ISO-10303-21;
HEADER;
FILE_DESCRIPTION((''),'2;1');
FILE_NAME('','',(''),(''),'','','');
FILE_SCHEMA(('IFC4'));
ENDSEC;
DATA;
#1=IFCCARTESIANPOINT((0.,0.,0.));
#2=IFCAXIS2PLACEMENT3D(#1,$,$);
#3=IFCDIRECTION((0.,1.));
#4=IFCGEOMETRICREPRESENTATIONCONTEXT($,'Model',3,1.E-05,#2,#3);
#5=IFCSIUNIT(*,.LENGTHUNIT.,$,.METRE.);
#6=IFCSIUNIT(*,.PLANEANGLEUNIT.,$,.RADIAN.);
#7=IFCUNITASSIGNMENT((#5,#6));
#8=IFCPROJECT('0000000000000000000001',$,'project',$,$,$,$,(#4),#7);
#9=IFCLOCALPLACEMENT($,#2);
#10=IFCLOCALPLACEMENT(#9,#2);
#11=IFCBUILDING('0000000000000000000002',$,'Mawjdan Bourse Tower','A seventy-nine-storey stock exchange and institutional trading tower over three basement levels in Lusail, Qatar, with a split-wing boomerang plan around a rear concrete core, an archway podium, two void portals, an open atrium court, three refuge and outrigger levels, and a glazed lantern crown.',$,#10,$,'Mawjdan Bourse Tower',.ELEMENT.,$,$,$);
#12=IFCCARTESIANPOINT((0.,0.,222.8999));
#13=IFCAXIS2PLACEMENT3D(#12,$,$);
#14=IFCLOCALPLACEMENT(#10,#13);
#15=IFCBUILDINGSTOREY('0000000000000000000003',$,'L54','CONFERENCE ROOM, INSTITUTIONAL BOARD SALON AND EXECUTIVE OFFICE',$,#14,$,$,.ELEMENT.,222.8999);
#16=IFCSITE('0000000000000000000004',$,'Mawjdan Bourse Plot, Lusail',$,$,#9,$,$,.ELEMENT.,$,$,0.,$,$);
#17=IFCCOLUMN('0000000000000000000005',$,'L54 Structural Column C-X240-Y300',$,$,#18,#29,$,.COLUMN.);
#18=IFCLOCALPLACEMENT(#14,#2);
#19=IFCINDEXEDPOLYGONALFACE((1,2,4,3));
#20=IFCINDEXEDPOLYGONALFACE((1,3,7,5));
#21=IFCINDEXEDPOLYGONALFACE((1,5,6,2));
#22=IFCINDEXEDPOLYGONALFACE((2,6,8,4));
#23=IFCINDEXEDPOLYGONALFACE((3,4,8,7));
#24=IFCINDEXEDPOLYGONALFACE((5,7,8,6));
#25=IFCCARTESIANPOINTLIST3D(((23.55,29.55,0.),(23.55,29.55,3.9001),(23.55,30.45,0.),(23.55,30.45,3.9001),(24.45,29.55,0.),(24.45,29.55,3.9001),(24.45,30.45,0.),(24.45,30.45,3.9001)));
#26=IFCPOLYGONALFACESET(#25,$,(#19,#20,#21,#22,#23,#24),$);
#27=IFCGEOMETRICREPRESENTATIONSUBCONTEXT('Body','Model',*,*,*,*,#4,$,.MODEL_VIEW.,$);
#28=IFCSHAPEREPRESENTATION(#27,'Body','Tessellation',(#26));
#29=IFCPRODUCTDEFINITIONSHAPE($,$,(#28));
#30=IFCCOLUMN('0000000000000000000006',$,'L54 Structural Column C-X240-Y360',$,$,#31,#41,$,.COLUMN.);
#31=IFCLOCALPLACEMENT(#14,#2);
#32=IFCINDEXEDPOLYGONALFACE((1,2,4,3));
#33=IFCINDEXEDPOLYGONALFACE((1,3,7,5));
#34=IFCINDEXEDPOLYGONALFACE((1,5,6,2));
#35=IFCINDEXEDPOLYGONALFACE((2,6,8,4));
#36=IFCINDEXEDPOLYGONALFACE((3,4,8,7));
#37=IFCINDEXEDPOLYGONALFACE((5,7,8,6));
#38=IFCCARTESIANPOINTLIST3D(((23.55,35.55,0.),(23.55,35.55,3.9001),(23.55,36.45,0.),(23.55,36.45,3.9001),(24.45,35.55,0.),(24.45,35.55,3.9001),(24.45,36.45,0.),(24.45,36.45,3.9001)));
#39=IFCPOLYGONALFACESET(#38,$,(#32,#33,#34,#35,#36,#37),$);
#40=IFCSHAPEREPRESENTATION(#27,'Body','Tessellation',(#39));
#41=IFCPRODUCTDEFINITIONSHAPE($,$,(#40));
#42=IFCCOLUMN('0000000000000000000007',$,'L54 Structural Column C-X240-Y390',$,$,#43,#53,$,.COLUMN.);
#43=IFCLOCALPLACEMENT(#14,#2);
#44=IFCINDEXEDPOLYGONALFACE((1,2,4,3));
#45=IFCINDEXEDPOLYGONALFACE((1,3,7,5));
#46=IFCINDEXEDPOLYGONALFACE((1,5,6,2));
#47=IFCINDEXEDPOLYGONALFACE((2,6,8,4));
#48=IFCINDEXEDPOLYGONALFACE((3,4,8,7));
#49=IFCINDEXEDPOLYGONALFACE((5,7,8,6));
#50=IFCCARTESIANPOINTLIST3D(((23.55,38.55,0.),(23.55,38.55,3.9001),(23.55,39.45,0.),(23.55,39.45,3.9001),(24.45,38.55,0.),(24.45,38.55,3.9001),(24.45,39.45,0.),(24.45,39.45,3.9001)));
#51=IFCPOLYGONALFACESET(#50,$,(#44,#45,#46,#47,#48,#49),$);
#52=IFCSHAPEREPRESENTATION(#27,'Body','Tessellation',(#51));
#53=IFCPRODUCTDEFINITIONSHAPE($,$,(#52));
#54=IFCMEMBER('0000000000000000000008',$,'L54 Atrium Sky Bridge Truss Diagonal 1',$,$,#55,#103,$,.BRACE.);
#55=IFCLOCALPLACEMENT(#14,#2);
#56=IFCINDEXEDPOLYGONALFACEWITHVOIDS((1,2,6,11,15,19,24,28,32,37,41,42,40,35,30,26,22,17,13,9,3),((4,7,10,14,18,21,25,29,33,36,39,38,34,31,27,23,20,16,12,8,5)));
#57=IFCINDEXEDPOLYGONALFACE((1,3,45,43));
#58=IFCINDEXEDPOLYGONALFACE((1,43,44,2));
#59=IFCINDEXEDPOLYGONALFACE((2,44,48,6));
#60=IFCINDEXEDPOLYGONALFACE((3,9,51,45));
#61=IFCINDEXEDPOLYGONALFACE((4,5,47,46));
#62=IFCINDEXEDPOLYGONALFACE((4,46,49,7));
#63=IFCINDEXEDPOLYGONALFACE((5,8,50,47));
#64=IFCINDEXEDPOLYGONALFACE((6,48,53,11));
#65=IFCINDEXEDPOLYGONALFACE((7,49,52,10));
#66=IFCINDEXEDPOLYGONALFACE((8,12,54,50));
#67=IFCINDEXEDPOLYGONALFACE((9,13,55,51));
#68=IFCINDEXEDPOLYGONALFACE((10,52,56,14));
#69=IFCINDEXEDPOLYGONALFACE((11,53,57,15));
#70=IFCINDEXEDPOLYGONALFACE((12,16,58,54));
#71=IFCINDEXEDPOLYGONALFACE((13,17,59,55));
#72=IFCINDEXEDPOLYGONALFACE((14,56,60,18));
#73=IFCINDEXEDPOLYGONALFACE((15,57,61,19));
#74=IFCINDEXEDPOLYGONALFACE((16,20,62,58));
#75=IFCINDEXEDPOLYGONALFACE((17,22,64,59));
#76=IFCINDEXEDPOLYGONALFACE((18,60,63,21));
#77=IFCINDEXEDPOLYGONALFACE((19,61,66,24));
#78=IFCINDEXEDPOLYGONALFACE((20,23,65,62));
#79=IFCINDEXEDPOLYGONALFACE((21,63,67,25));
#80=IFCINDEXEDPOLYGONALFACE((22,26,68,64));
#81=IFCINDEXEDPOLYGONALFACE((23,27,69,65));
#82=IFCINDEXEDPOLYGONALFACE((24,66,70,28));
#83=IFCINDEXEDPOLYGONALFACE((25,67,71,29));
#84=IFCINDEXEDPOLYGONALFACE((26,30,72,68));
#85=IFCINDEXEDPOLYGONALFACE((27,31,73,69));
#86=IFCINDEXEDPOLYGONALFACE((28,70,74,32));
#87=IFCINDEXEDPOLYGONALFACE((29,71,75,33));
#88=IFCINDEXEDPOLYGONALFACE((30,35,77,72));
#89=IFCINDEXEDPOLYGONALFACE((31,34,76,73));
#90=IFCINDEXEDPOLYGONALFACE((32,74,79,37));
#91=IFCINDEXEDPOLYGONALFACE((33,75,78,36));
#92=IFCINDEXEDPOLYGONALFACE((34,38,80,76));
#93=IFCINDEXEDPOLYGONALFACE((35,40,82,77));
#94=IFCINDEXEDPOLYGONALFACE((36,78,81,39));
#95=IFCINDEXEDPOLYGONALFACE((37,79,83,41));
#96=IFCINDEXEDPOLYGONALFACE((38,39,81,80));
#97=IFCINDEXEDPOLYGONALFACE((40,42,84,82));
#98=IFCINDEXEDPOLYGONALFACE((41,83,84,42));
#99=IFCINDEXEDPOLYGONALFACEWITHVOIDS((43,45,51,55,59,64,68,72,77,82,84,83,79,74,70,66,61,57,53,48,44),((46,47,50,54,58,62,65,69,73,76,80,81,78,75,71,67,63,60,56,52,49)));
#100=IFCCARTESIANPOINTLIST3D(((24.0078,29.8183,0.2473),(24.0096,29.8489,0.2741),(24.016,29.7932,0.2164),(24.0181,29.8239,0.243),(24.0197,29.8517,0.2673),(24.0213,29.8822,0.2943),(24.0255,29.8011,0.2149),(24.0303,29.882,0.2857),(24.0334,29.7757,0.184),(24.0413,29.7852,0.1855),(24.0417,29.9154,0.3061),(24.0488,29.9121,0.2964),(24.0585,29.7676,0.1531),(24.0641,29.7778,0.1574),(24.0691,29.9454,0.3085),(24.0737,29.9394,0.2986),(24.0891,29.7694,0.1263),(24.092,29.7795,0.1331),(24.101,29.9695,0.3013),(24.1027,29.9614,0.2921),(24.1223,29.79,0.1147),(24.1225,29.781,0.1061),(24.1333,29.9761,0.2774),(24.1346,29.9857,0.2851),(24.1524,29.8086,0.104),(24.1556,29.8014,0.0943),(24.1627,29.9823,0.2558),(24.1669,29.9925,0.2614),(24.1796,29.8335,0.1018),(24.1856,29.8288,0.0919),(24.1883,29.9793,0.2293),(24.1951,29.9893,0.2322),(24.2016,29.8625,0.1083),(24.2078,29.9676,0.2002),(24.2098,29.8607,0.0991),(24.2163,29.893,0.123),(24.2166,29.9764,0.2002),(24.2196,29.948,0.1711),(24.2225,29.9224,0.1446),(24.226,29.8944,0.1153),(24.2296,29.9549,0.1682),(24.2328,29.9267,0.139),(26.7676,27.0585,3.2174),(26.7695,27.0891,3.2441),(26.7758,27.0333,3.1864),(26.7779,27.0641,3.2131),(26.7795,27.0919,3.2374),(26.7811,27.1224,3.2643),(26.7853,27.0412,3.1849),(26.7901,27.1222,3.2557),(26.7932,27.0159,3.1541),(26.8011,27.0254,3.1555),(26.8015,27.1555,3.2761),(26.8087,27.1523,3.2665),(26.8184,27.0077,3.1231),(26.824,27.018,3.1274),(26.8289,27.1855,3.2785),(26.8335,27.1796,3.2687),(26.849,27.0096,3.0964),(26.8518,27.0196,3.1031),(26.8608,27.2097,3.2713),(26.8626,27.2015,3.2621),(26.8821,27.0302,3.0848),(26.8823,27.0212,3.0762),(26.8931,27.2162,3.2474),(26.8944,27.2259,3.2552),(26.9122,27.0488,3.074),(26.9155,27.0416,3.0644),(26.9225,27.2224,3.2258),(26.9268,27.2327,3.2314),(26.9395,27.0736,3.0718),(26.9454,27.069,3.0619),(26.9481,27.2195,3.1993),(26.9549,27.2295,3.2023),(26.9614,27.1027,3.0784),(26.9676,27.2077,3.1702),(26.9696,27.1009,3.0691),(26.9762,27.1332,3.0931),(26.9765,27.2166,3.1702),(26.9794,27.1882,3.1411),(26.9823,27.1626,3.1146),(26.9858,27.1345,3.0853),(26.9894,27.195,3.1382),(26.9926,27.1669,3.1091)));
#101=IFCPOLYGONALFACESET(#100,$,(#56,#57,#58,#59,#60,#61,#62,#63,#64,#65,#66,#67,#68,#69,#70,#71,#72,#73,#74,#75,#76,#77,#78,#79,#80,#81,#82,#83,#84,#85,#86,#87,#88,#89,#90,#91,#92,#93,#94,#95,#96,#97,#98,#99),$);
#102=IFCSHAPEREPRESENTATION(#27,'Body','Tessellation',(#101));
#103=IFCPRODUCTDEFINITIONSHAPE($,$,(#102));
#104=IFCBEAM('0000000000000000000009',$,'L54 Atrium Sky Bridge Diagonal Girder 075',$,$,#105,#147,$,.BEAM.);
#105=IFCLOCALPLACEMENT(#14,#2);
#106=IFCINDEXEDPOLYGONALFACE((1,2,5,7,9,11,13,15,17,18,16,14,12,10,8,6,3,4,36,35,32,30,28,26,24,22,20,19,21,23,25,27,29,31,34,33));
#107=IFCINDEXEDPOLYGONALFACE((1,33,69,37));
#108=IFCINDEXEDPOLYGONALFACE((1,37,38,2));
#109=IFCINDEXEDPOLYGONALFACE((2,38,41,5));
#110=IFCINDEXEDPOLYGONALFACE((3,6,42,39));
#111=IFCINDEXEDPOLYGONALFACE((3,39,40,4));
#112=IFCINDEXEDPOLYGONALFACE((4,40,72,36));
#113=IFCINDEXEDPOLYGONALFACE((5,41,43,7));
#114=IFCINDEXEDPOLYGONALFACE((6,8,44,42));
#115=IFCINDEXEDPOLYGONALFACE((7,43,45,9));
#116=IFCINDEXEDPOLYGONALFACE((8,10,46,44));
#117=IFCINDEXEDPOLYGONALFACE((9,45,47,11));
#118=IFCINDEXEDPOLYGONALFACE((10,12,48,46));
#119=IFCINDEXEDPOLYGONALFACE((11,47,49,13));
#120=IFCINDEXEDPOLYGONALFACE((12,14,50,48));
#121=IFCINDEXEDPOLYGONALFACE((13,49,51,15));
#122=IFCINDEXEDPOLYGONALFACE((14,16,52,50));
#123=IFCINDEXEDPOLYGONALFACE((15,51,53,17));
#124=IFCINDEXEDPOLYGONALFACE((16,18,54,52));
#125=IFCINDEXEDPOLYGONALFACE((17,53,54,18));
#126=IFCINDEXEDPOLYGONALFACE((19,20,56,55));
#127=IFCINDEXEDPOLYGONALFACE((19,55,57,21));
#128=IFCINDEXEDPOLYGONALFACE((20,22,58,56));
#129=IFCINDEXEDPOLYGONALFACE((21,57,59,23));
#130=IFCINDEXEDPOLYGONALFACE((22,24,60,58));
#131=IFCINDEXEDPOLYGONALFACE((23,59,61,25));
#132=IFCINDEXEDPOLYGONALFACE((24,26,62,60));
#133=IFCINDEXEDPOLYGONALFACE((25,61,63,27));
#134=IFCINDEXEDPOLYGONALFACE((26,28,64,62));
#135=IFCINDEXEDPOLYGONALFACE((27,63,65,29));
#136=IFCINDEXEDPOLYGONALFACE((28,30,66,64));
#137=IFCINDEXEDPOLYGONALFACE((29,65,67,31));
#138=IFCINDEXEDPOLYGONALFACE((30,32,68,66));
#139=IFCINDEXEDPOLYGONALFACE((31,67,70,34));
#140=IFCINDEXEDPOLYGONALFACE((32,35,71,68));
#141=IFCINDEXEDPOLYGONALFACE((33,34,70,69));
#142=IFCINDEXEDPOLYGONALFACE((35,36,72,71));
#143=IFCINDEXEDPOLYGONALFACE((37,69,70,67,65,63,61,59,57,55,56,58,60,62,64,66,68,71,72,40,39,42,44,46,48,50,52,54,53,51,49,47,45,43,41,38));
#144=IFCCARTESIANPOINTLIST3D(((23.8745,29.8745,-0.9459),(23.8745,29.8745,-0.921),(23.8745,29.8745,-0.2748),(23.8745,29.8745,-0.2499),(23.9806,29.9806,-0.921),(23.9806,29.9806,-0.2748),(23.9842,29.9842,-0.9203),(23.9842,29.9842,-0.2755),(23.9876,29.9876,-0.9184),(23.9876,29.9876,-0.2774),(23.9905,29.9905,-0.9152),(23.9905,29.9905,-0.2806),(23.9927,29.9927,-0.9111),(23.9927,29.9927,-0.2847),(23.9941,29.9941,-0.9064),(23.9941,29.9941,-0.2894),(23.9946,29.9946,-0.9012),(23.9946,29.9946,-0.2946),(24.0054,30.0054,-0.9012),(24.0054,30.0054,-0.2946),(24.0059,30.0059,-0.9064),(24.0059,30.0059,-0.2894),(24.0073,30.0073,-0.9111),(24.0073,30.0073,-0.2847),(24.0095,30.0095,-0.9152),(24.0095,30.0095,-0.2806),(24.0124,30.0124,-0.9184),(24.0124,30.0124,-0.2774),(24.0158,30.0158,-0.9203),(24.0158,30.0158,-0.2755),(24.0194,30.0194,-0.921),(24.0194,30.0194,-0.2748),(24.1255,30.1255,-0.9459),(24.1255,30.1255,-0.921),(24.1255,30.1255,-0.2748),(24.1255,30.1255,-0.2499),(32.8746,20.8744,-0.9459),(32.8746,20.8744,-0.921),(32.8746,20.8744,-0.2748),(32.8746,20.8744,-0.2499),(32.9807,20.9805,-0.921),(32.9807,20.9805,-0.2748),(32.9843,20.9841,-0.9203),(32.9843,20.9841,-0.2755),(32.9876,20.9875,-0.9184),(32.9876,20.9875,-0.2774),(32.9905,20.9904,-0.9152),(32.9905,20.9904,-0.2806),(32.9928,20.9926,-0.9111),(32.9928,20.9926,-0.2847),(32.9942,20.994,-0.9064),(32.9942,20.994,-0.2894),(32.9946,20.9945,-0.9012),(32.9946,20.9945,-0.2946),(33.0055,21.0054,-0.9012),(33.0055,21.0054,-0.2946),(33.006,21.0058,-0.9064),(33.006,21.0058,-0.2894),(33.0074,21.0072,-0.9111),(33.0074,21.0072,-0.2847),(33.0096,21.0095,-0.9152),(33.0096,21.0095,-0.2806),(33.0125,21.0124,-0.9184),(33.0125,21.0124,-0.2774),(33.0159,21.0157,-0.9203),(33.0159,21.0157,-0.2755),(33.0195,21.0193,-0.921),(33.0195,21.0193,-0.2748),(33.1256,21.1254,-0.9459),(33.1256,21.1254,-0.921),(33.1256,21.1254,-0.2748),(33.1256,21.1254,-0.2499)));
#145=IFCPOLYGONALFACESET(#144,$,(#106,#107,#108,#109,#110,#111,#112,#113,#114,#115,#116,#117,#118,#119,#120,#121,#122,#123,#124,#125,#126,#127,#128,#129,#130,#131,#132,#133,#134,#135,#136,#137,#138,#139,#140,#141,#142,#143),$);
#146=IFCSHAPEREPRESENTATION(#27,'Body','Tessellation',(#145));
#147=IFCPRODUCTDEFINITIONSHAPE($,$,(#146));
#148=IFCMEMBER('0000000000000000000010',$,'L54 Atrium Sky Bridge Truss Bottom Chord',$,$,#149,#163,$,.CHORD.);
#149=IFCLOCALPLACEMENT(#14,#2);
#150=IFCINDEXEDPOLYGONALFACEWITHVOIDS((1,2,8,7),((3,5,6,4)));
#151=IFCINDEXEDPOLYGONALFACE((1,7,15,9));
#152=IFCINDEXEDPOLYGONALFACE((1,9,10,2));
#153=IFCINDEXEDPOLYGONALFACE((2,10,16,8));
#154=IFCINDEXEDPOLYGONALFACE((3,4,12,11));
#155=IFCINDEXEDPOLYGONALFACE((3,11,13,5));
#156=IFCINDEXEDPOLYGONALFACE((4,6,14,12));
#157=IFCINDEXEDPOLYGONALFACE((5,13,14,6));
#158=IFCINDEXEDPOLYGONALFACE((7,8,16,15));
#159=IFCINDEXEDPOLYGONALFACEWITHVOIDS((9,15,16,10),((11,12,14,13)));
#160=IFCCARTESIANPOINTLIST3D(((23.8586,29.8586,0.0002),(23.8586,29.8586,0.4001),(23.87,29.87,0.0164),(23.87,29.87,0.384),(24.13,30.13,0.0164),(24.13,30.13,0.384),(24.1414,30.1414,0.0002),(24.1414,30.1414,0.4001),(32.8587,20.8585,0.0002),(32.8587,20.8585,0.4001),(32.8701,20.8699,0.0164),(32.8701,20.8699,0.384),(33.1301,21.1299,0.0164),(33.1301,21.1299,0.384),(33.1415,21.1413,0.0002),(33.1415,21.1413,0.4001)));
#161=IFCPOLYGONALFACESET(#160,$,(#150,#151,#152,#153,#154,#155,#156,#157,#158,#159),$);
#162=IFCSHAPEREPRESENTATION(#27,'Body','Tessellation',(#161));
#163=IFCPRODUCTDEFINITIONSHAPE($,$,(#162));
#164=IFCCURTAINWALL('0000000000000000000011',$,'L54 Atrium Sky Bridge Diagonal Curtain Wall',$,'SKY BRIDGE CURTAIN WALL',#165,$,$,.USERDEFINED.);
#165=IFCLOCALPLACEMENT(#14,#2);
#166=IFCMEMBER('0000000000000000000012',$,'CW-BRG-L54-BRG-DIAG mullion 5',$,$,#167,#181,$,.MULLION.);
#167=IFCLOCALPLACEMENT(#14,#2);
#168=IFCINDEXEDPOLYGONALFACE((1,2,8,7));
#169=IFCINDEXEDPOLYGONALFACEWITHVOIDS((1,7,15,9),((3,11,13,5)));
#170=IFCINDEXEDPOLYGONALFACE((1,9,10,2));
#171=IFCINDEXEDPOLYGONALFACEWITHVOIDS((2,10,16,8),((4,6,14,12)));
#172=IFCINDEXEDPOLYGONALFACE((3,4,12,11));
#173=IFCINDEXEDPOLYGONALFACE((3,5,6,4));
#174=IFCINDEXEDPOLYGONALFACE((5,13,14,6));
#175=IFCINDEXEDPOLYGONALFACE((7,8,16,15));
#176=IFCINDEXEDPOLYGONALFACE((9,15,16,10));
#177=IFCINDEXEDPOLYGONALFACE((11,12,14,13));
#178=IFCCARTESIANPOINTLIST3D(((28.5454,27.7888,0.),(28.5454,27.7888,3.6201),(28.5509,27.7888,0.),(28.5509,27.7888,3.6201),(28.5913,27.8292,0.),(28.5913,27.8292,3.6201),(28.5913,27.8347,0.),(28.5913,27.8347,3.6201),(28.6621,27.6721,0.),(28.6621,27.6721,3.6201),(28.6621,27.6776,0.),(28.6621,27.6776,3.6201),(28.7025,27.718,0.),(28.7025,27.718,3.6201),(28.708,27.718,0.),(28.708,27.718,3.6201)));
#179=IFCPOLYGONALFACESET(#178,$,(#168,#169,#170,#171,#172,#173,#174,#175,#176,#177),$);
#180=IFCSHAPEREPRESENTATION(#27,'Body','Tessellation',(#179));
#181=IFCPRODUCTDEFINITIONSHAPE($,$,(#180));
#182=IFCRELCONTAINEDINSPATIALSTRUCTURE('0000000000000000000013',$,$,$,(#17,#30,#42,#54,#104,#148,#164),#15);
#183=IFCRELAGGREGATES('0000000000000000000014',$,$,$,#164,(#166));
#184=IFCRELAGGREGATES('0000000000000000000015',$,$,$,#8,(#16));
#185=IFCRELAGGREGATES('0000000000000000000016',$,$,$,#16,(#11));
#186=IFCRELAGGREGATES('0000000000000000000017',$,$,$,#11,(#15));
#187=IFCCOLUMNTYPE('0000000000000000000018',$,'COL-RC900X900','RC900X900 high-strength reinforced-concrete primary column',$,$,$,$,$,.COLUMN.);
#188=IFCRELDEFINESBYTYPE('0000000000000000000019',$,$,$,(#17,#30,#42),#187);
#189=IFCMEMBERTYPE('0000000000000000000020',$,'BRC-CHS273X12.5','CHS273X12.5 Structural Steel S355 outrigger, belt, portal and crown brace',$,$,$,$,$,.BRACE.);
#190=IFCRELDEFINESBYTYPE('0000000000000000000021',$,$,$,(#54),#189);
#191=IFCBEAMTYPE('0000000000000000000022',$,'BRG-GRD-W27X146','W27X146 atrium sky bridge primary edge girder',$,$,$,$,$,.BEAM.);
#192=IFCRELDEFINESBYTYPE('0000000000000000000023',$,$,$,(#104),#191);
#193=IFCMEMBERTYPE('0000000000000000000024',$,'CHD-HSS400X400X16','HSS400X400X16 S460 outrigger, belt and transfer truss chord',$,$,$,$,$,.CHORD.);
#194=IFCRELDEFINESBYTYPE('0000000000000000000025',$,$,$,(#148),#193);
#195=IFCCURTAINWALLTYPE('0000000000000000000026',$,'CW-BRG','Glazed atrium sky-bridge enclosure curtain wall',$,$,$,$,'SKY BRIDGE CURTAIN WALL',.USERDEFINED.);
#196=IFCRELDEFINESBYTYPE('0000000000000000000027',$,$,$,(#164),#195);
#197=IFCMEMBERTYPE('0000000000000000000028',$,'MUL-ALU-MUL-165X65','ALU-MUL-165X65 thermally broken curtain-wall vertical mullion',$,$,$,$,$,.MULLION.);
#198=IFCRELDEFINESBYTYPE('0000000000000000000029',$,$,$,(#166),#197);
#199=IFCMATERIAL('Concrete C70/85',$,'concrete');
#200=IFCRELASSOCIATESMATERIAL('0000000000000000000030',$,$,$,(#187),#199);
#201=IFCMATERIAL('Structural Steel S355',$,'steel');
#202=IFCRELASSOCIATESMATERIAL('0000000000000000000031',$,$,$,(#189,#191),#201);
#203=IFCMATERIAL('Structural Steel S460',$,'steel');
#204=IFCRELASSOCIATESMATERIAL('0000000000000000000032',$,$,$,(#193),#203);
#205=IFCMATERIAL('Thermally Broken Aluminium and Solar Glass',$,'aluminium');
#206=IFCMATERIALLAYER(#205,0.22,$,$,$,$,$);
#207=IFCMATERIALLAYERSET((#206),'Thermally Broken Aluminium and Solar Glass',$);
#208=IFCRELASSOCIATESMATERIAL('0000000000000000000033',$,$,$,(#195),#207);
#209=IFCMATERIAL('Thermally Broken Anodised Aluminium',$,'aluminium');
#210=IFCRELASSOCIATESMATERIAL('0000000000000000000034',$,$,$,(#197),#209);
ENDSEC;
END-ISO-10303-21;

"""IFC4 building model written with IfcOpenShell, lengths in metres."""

from ifc_helpers import new_model, si_unit, direction, frame, origin, origin_2d, place, context, subcontext, project, spatial, rectangle, hollow_rectangle, hollow_circle, i_section, extrude, material, layer, layer_set, material_profile, profile_set, type_object, element, aggregate, save


model = new_model("IFC4")

# Units and contexts
model_context = context("Model", 3, precision=1e-05, world=origin(), true_north=direction((0.0, 1.0)))
body_context = subcontext(model_context, "Body", "Model", "MODEL_VIEW")
ifc_project = project(units=[si_unit("LENGTHUNIT", "METRE"), si_unit("PLANEANGLEUNIT", "RADIAN")], contexts=[model_context])

# Site, building, storey
site_placement = place(None, origin())
site = spatial("IfcSite", under=ifc_project, at=site_placement, Name="Mawjdan Bourse Plot, Lusail", CompositionType="ELEMENT", RefElevation=0.0)
building_placement = place(site_placement, origin())
building = spatial("IfcBuilding", under=site, at=building_placement, Name="Mawjdan Bourse Tower", Description="A seventy-nine-storey stock exchange and institutional trading tower over three basement levels in Lusail, Qatar, with a split-wing boomerang plan around a rear concrete core, an archway podium, two void portals, an open atrium court, three refuge and outrigger levels, and a glazed lantern crown.", LongName="Mawjdan Bourse Tower", CompositionType="ELEMENT")
storey_placement = place(building_placement, frame((0.0, 0.0, 222.8999)))
storey = spatial("IfcBuildingStorey", under=building, at=storey_placement, Name="L54", Description="CONFERENCE ROOM, INSTITUTIONAL BOARD SALON AND EXECUTIVE OFFICE", CompositionType="ELEMENT", Elevation=222.8999)

# Columns
ifc_material_1 = material(Name="Concrete C70/85", Category="concrete")
ifc_material_profile_1 = material_profile(ifc_material_1, rectangle(XDim=0.8999, YDim=0.8999, at=origin_2d()), Name="RC900X900")
ifc_profile_set_1 = profile_set([ifc_material_profile_1], Name="Concrete C70/85")
column_type = type_object("IfcColumnType", Name="COL-RC900X900", Description="RC900X900 high-strength reinforced-concrete primary column", PredefinedType="COLUMN", material=ifc_profile_set_1)
for number, where, z_axis, x_axis, name in (
    (1, (24.0, 30.0, 0.0), (0.0, 0.0, 1.0), (1.0, 0.0, 0.0), "L54 Structural Column C-X240-Y300"),
    (2, (24.0, 36.0, 0.0), (0.0, 0.0, 1.0), (1.0, 0.0, 0.0), "L54 Structural Column C-X240-Y360"),
    (3, (24.0, 39.0, 0.0), (0.0, 0.0, 1.0), (1.0, 0.0, 0.0), "L54 Structural Column C-X240-Y390"),
):
    element("IfcColumn", number, at=place(storey_placement, frame(where, z_axis=z_axis, x_axis=x_axis)), inside=storey, type_object=column_type, Name=name, PredefinedType="COLUMN", context=body_context, shape_type="SweptSolid", body=[
        extrude(rectangle(XDim=0.8999, YDim=0.8999, at=origin_2d()), origin(), (0.0, 0.0, 1.0), 3.9001),
    ])

# Member
ifc_material_2 = material(Name="Structural Steel S355", Category="steel")
ifc_material_profile_2 = material_profile(ifc_material_2, hollow_circle(Radius=0.1365, WallThickness=0.0125, at=origin_2d()), Name="CHS273X12.5")
ifc_profile_set_2 = profile_set([ifc_material_profile_2], Name="Structural Steel S355")
member_type_1 = type_object("IfcMemberType", Name="BRC-CHS273X12.5", Description="CHS273X12.5 Structural Steel S355 outrigger, belt, portal and crown brace", PredefinedType="BRACE", material=ifc_profile_set_2)
member_1_placement = place(storey_placement, frame((24.1201, 29.8799, 0.2002), z_axis=(0.56271, -0.56271, 0.60557), x_axis=(0.707107, 0.707107, 0.0)))
element("IfcMember", 4, at=member_1_placement, inside=storey, type_object=member_type_1, Name="L54 Atrium Sky Bridge Truss Diagonal 1", PredefinedType="BRACE", context=body_context, shape_type="SweptSolid", body=[
    extrude(hollow_circle(Radius=0.1365, WallThickness=0.0125, at=origin_2d()), origin(), (0.0, 0.0, 1.0), 4.9045),
])

# Beam
ifc_material_profile_3 = material_profile(ifc_material_2, i_section(OverallWidth=0.355, OverallDepth=0.696, WebThickness=0.0154, FlangeThickness=0.0249, FilletRadius=0.0198, at=origin_2d()), Name="W27X146")
ifc_profile_set_3 = profile_set([ifc_material_profile_3], Name="Structural Steel S355")
beam_type_1 = type_object("IfcBeamType", Name="BRG-GRD-W27X146", Description="W27X146 atrium sky bridge primary edge girder", PredefinedType="BEAM", material=ifc_profile_set_3)
beam_1_placement = place(storey_placement, frame((24.0, 30.0, -0.5979), z_axis=(0.707107, -0.707107, 0.0), x_axis=(0.707107, 0.707107, 0.0)))
element("IfcBeam", 5, at=beam_1_placement, inside=storey, type_object=beam_type_1, Name="L54 Atrium Sky Bridge Diagonal Girder 075", PredefinedType="BEAM", context=body_context, shape_type="SweptSolid", body=[
    extrude(i_section(OverallWidth=0.355, OverallDepth=0.696, WebThickness=0.0154, FlangeThickness=0.0249, FilletRadius=0.0198, at=origin_2d()), origin(), (0.0, 0.0, 1.0), 12.728),
])

# Member
ifc_material_3 = material(Name="Structural Steel S460", Category="steel")
ifc_material_profile_4 = material_profile(ifc_material_3, hollow_rectangle(XDim=0.3999, YDim=0.3999, WallThickness=0.0161, at=origin_2d()), Name="HSS400X400X16")
ifc_profile_set_4 = profile_set([ifc_material_profile_4], Name="Structural Steel S460")
member_type_2 = type_object("IfcMemberType", Name="CHD-HSS400X400X16", Description="HSS400X400X16 S460 outrigger, belt and transfer truss chord", PredefinedType="CHORD", material=ifc_profile_set_4)
member_2_placement = place(storey_placement, frame((24.0, 30.0, 0.2002), z_axis=(0.707107, -0.707107, 0.0), x_axis=(0.707107, 0.707107, 0.0)))
element("IfcMember", 6, at=member_2_placement, inside=storey, type_object=member_type_2, Name="L54 Atrium Sky Bridge Truss Bottom Chord", PredefinedType="CHORD", context=body_context, shape_type="SweptSolid", body=[
    extrude(hollow_rectangle(XDim=0.3999, YDim=0.3999, WallThickness=0.0161, at=origin_2d()), origin(), (0.0, 0.0, 1.0), 12.728),
])

# Curtain wall, member
ifc_material_4 = material(Name="Thermally Broken Aluminium and Solar Glass", Category="aluminium")
ifc_layer_1 = layer(ifc_material_4, 0.22)
ifc_layer_set_1 = layer_set([ifc_layer_1], Name="Thermally Broken Aluminium and Solar Glass")
curtain_wall_type = type_object("IfcCurtainWallType", Name="CW-BRG", Description="Glazed atrium sky-bridge enclosure curtain wall", ElementType="SKY BRIDGE CURTAIN WALL", PredefinedType="USERDEFINED", material=ifc_layer_set_1)
curtain_wall_1_placement = place(storey_placement, origin())
curtain_wall_1 = element("IfcCurtainWall", 7, at=curtain_wall_1_placement, inside=storey, type_object=curtain_wall_type, Name="L54 Atrium Sky Bridge Diagonal Curtain Wall", ObjectType="SKY BRIDGE CURTAIN WALL", PredefinedType="USERDEFINED")
ifc_material_5 = material(Name="Thermally Broken Anodised Aluminium", Category="aluminium")
ifc_material_profile_5 = material_profile(ifc_material_5, hollow_rectangle(XDim=0.0649, YDim=0.165, WallThickness=0.0039, at=origin_2d()), Name="ALU-MUL-165X65")
ifc_profile_set_5 = profile_set([ifc_material_profile_5], Name="Thermally Broken Anodised Aluminium")
member_type_3 = type_object("IfcMemberType", Name="MUL-ALU-MUL-165X65", Description="ALU-MUL-165X65 thermally broken curtain-wall vertical mullion", PredefinedType="MULLION", material=ifc_profile_set_5)
member_3_placement = place(storey_placement, frame((28.6267, 27.7534, 0.0), z_axis=(0.0, 0.0, 1.0), x_axis=(-0.707107, -0.707107, 0.0)))
member_3 = element("IfcMember", 8, at=member_3_placement, type_object=member_type_3, Name="CW-BRG-L54-BRG-DIAG mullion 5", PredefinedType="MULLION", context=body_context, shape_type="SweptSolid", body=[
    extrude(hollow_rectangle(XDim=0.0649, YDim=0.165, WallThickness=0.0039, at=origin_2d()), origin(), (0.0, 0.0, 1.0), 3.6201),
])

aggregate(curtain_wall_1, [member_3])

save(model, "model.ifc")
